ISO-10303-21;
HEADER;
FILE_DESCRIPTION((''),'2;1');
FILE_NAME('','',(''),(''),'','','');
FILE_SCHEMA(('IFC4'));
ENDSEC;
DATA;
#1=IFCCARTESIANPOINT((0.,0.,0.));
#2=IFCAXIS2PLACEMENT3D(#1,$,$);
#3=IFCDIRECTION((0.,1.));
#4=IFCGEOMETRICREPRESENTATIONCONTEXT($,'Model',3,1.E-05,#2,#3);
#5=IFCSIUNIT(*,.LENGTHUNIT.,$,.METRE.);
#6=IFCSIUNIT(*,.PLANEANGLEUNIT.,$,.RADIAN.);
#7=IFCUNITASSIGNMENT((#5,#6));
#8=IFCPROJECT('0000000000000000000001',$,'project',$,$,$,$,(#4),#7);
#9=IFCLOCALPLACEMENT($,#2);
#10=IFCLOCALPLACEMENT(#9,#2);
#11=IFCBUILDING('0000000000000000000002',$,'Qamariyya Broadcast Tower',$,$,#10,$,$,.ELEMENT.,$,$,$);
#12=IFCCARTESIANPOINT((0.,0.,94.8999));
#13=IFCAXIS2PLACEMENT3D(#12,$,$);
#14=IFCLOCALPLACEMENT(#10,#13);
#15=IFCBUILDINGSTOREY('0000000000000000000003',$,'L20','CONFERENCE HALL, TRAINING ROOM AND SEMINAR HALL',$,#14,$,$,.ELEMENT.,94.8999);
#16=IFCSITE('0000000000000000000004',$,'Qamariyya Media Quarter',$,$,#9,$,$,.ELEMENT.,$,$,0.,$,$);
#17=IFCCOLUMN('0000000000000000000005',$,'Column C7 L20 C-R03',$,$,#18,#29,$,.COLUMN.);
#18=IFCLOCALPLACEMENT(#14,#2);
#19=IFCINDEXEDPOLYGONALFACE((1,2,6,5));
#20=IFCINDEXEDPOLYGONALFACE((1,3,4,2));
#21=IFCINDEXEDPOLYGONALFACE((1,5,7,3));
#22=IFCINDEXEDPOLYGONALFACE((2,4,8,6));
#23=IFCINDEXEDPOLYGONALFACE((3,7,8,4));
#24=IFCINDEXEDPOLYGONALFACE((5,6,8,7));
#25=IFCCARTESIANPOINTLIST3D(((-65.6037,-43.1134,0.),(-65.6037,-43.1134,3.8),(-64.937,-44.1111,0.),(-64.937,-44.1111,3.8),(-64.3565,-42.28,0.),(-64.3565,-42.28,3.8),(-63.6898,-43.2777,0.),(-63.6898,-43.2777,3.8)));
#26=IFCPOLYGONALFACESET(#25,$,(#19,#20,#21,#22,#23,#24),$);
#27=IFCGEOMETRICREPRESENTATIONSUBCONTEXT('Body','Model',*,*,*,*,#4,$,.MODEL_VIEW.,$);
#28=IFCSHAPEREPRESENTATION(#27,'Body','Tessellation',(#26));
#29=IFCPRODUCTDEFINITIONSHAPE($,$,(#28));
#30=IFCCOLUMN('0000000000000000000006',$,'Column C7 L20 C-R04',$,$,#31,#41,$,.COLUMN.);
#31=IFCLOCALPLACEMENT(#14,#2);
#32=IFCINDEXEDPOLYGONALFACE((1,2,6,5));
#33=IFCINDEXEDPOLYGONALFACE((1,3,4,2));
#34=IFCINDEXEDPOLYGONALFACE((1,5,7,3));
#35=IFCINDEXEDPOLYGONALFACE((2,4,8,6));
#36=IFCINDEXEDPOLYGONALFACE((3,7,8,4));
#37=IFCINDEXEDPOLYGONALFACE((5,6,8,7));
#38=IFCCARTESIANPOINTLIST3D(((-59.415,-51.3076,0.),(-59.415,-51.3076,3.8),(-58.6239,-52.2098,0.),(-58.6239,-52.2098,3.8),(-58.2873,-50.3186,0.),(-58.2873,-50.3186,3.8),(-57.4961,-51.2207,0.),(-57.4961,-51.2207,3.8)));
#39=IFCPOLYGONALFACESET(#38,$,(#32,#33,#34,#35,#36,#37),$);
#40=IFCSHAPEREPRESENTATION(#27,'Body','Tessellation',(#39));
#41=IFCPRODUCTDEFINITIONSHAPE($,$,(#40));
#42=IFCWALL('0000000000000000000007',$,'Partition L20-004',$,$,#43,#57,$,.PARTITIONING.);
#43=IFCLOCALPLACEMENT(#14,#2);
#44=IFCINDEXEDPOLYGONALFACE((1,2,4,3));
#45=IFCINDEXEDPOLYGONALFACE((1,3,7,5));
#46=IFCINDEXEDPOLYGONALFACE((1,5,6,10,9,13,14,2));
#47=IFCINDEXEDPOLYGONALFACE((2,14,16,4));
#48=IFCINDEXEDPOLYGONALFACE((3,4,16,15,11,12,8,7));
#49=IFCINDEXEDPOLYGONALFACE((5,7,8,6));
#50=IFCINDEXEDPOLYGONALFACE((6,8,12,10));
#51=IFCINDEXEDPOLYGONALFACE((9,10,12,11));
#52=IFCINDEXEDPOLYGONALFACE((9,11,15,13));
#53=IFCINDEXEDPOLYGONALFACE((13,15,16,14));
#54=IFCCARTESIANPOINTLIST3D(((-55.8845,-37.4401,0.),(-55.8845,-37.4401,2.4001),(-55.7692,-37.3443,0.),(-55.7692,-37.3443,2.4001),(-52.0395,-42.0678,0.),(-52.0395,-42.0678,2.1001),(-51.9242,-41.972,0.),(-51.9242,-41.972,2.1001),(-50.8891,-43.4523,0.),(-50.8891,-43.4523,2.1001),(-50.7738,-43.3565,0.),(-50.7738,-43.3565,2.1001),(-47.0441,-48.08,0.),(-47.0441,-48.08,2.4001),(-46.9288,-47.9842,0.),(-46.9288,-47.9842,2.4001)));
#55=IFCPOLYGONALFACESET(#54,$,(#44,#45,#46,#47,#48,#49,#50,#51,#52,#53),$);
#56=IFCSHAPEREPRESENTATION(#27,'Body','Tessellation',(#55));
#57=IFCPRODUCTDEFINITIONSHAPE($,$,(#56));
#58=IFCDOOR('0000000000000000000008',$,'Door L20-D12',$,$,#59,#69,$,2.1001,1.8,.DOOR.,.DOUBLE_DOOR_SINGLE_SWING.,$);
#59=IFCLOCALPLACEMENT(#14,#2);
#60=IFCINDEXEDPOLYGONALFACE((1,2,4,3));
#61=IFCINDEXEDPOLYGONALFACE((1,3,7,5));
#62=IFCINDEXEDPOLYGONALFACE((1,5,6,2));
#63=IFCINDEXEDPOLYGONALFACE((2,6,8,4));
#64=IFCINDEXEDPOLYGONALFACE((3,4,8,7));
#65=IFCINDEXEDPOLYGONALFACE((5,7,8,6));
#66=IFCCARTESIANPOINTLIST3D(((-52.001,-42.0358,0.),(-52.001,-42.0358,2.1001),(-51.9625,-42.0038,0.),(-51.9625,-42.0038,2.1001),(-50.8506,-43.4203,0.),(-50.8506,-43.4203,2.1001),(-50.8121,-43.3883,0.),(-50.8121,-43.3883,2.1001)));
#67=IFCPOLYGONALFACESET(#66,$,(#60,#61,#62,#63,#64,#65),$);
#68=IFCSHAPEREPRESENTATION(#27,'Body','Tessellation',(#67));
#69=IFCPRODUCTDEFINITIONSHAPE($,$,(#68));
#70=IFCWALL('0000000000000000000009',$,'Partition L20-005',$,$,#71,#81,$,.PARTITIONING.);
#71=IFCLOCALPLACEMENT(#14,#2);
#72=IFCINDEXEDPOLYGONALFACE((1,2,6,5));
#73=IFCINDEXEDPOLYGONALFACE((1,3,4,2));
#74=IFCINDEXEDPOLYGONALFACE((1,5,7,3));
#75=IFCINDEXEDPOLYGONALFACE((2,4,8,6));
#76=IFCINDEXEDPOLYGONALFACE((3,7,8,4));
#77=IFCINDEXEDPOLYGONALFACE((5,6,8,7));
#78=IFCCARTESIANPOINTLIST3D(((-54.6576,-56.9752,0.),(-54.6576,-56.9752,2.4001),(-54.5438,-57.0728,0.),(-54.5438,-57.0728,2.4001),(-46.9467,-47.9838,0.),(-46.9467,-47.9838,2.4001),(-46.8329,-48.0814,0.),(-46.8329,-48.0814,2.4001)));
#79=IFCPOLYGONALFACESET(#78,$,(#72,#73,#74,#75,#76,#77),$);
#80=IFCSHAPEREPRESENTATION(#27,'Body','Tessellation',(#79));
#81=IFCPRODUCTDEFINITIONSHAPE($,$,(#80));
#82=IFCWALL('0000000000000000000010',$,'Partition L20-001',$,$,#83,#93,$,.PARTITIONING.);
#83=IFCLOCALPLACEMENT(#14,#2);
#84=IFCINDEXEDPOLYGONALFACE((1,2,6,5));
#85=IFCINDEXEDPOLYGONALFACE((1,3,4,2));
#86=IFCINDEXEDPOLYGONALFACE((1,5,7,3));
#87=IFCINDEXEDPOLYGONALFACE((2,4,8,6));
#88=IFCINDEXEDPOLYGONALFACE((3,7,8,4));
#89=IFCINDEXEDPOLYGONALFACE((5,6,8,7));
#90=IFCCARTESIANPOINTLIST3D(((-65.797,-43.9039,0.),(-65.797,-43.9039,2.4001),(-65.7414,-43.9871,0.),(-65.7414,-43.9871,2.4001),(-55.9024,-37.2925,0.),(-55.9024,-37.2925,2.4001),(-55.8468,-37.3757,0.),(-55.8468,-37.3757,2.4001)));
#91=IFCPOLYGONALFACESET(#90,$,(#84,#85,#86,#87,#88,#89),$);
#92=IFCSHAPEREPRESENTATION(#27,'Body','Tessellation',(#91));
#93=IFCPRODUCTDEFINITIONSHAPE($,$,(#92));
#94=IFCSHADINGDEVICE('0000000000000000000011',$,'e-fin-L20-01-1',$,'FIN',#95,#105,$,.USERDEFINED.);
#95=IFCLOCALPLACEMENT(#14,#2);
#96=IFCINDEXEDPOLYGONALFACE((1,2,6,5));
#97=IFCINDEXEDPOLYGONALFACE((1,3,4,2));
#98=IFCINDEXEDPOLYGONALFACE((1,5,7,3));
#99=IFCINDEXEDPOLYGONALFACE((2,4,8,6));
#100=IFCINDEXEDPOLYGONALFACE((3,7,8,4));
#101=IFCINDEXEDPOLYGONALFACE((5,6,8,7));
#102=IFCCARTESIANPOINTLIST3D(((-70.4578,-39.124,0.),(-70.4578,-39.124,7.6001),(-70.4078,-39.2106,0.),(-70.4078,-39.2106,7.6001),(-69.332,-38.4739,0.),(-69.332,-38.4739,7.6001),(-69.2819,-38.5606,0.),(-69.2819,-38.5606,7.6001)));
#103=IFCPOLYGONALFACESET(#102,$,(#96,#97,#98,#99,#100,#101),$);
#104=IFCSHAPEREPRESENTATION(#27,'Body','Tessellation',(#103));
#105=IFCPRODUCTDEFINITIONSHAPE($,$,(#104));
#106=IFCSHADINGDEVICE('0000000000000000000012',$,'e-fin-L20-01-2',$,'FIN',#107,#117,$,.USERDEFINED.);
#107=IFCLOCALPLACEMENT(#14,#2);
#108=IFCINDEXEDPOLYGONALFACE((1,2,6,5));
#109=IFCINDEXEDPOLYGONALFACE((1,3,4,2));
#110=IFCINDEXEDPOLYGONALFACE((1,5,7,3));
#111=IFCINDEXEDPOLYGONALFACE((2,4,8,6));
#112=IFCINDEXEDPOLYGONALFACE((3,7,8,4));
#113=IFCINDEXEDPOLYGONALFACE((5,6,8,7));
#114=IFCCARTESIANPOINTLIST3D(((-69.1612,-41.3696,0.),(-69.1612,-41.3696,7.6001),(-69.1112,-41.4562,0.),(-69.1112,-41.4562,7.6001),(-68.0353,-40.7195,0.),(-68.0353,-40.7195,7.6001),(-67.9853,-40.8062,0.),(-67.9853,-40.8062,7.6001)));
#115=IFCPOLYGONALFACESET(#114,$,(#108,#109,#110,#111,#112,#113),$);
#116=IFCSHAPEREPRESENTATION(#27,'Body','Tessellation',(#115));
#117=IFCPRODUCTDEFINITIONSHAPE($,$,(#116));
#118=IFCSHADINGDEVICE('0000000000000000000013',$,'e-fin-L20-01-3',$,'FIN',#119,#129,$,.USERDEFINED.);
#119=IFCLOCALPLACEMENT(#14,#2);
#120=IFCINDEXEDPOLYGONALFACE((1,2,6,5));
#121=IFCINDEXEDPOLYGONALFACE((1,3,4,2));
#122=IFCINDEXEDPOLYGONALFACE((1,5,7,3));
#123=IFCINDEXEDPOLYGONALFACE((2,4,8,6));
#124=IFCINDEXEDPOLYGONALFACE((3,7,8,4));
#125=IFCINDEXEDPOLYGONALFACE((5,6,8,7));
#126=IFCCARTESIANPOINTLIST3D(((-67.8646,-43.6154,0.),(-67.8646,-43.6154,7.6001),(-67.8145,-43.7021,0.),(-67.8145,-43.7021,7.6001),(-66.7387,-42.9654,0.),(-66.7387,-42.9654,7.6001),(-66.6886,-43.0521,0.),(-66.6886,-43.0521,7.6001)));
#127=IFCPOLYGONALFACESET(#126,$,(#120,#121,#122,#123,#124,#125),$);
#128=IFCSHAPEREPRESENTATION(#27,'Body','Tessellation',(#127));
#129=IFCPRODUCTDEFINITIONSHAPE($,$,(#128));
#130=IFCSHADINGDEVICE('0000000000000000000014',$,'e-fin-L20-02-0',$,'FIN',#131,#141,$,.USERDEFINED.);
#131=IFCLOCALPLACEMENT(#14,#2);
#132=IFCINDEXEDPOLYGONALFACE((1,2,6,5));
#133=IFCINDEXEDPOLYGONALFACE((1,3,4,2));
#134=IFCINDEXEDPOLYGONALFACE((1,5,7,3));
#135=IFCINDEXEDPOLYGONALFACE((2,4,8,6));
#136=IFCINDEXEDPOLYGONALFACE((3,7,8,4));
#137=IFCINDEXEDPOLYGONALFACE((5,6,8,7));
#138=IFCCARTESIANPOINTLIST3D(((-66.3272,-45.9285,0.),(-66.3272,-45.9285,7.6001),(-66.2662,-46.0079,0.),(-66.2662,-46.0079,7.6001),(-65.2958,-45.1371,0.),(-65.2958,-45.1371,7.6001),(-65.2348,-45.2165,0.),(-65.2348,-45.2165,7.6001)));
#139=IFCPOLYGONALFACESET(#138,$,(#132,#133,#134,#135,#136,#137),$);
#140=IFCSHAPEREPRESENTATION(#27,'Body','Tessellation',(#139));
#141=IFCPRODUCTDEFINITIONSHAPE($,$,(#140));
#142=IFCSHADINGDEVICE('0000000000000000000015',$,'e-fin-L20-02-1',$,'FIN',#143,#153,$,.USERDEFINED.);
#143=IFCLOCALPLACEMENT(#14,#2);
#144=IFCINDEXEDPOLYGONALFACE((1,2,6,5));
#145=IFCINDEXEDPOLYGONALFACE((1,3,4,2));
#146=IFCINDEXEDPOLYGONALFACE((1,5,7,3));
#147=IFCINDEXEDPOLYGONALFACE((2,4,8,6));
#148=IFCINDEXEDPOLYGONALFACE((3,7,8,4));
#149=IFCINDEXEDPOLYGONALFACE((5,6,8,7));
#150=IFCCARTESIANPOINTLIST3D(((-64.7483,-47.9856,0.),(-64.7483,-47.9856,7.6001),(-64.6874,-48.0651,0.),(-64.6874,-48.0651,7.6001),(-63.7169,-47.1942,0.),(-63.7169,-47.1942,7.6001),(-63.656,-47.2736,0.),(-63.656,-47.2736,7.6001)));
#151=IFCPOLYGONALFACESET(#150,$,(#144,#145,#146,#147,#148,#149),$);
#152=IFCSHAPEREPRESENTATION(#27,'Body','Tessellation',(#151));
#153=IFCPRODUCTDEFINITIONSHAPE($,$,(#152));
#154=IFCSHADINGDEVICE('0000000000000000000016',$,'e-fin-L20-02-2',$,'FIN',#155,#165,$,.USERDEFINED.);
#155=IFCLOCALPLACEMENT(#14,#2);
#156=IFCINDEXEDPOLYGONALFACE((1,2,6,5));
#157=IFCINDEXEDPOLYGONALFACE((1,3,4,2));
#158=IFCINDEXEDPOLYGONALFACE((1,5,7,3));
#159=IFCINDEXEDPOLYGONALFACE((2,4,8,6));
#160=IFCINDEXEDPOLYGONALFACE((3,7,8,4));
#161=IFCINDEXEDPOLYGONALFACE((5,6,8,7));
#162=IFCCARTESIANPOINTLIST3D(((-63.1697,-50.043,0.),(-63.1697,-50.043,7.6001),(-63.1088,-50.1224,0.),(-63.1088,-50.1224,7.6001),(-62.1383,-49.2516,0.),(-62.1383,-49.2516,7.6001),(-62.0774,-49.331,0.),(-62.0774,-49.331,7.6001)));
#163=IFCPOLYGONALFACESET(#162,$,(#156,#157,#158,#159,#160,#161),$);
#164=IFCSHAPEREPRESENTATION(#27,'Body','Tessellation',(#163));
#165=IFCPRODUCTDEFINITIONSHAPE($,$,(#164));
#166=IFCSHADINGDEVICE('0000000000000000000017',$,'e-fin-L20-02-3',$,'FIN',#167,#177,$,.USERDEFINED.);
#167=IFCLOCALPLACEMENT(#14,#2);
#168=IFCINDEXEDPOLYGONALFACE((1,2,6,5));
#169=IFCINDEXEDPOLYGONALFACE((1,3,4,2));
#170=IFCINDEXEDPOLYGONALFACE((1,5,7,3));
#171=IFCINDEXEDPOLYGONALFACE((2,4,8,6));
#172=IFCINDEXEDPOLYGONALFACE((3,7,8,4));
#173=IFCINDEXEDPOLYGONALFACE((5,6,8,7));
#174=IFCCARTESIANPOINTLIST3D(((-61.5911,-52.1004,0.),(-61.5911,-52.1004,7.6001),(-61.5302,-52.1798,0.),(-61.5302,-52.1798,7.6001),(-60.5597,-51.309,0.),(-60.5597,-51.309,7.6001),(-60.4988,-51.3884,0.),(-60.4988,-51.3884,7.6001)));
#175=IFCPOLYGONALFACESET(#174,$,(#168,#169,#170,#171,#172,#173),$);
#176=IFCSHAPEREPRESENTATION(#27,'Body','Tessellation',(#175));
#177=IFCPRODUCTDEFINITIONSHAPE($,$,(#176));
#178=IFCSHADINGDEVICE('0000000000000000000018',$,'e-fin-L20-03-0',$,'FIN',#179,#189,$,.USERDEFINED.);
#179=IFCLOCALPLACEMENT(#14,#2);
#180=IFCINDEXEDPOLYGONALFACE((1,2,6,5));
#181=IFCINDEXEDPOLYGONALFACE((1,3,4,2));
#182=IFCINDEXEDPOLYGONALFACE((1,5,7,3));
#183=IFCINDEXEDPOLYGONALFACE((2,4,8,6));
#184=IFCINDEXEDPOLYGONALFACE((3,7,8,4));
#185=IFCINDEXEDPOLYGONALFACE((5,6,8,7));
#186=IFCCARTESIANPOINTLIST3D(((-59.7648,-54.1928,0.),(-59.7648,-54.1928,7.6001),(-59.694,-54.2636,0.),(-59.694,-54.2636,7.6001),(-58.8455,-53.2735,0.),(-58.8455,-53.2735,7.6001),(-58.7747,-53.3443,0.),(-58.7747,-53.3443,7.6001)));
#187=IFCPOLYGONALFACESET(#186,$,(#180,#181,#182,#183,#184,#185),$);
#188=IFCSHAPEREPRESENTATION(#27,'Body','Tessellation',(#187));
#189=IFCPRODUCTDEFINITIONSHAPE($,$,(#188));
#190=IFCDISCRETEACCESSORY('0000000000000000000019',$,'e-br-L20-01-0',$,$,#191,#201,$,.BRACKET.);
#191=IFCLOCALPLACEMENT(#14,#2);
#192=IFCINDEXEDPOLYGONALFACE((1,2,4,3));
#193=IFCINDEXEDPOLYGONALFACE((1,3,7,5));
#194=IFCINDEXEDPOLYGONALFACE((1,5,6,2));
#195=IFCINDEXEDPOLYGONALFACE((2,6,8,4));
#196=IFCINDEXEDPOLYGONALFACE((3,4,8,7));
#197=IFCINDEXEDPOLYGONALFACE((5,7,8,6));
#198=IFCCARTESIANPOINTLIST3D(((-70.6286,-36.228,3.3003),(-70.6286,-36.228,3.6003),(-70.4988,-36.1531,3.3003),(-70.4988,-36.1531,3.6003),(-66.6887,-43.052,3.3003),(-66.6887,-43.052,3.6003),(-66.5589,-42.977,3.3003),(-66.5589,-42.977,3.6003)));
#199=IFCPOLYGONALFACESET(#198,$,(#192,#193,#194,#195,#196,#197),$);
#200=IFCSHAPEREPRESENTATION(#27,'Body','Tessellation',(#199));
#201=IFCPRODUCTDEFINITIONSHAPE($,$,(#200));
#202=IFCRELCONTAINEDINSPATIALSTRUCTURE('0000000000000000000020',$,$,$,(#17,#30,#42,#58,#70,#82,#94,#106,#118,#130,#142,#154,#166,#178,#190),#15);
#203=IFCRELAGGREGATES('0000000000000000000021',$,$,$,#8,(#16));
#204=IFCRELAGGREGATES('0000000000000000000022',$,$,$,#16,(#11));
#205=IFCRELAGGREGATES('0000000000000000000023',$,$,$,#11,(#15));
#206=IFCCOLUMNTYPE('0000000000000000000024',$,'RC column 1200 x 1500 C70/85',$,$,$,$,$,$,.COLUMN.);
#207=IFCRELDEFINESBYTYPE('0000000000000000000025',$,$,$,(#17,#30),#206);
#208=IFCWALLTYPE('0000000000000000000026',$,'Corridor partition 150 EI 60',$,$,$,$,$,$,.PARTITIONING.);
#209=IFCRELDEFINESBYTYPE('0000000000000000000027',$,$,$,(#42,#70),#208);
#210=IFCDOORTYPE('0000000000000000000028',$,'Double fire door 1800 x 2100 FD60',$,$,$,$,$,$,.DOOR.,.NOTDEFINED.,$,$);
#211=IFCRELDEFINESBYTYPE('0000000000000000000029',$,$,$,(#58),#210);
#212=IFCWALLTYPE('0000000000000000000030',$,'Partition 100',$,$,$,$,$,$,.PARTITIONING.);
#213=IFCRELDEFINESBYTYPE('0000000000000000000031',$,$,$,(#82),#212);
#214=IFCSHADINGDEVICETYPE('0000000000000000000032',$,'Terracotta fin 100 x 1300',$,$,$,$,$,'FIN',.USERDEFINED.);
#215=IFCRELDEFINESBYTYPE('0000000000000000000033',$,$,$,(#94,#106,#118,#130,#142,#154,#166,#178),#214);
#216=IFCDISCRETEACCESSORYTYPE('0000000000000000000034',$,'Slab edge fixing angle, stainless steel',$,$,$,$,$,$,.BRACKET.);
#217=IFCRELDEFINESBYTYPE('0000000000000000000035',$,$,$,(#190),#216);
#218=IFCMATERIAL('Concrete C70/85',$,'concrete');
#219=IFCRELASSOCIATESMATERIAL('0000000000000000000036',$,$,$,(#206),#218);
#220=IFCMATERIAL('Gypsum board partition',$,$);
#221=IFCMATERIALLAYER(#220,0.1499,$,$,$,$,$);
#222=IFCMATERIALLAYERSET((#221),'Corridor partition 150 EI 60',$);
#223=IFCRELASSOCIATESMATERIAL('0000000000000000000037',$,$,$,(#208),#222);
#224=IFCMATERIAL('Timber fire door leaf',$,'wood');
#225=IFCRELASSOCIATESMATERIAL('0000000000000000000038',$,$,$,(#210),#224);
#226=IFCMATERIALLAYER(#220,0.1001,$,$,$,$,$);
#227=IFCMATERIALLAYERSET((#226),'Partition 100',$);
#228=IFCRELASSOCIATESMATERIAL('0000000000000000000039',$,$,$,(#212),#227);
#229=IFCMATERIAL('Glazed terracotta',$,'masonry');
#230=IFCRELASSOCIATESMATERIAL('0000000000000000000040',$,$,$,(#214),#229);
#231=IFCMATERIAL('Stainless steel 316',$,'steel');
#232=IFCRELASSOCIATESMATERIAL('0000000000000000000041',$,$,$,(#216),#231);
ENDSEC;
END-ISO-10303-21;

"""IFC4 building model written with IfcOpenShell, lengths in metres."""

from ifc_helpers import new_model, si_unit, direction, frame, frame_2d, origin, origin_2d, place, context, subcontext, project, spatial, rectangle, extrude, material, layer, layer_set, material_profile, profile_set, type_object, element, fill, save


model = new_model("IFC4")

# Units and contexts
model_context = context("Model", 3, precision=1e-05, world=origin(), true_north=direction((0.0, 1.0)))
body_context = subcontext(model_context, "Body", "Model", "MODEL_VIEW")
ifc_project = project(units=[si_unit("LENGTHUNIT", "METRE"), si_unit("PLANEANGLEUNIT", "RADIAN")], contexts=[model_context])

# Site, building, storey
site_placement = place(None, origin())
site = spatial("IfcSite", under=ifc_project, at=site_placement, Name="Qamariyya Media Quarter", CompositionType="ELEMENT", RefElevation=0.0)
building_placement = place(site_placement, origin())
building = spatial("IfcBuilding", under=site, at=building_placement, Name="Qamariyya Broadcast Tower", CompositionType="ELEMENT")
storey_placement = place(building_placement, frame((0.0, 0.0, 94.8999)))
storey = spatial("IfcBuildingStorey", under=building, at=storey_placement, Name="L20", Description="CONFERENCE HALL, TRAINING ROOM AND SEMINAR HALL", CompositionType="ELEMENT", Elevation=94.8999)

# Columns
ifc_material_1 = material(Name="Concrete C70/85", Category="concrete")
ifc_material_profile_1 = material_profile(ifc_material_1, rectangle(XDim=1.2, YDim=1.5, at=origin_2d()))
ifc_profile_set_1 = profile_set([ifc_material_profile_1], Name="Concrete C70/85")
column_type = type_object("IfcColumnType", Name="RC column 1200 x 1500 C70/85", PredefinedType="COLUMN", material=ifc_profile_set_1)
for number, where, z_axis, x_axis, name in (
    (1, (-64.6467, -43.1956, 0.0), (0.0, 0.0, 1.0), (0.55557, -0.83147, 0.0), "Column C7 L20 C-R03"),
    (2, (-58.4556, -51.2642, 0.0), (0.0, 0.0, 1.0), (0.659346, -0.75184, 0.0), "Column C7 L20 C-R04"),
):
    element("IfcColumn", number, at=place(storey_placement, frame(where, z_axis=z_axis, x_axis=x_axis)), inside=storey, type_object=column_type, Name=name, PredefinedType="COLUMN", context=body_context, shape_type="SweptSolid", body=[
        extrude(rectangle(XDim=1.2, YDim=1.5, at=origin_2d()), origin(), (0.0, 0.0, 1.0), 3.8),
    ])

# Wall, opening, door
ifc_material_2 = material(Name="Gypsum board partition")
ifc_layer_1 = layer(ifc_material_2, 0.1499)
ifc_layer_set_1 = layer_set([ifc_layer_1], Name="Corridor partition 150 EI 60")
wall_type_1 = type_object("IfcWallType", Name="Corridor partition 150 EI 60", PredefinedType="PARTITIONING", material=ifc_layer_set_1)
wall_1_placement = place(storey_placement, frame((-46.9866, -48.032, 0.0), z_axis=(0.0, 0.0, 1.0), x_axis=(-0.639064, 0.769154, 0.0)))
wall_1 = element("IfcWall", 3, at=wall_1_placement, inside=storey, type_object=wall_type_1, Name="Partition L20-004", PredefinedType="PARTITIONING", context=body_context, shape_type="SweptSolid", body=[
    extrude(rectangle(XDim=13.8333, YDim=0.1499, at=frame_2d((6.9165, 0.0))), origin(), (0.0, 0.0, 1.0), 2.4001),
])
opening_placement = place(wall_1_placement, frame((6.0166, 0.0, 0.0)))
opening = element("IfcOpeningElement", 4, at=opening_placement, cuts=wall_1, PredefinedType="OPENING", context=body_context, shape_type="SweptSolid", body=[
    extrude(rectangle(XDim=1.8, YDim=2.1001, at=frame_2d((0.8999, 1.05))), frame((0.0, 0.085, 0.0), z_axis=(0.0, -1.0, 0.0), x_axis=(1.0, 0.0, 0.0)), (0.0, 0.0, 1.0), 0.1699),
])
ifc_material_3 = material(Name="Timber fire door leaf", Category="wood")
door_type = type_object("IfcDoorType", Name="Double fire door 1800 x 2100 FD60", OperationType="NOTDEFINED", PredefinedType="DOOR", material=ifc_material_3)
door_placement = place(opening_placement, origin())
door = element("IfcDoor", 5, at=door_placement, inside=storey, type_object=door_type, Name="Door L20-D12", OperationType="DOUBLE_DOOR_SINGLE_SWING", OverallHeight=2.1001, OverallWidth=1.8, PredefinedType="DOOR", context=body_context, shape_type="SweptSolid", body=[
    extrude(rectangle(XDim=1.8, YDim=2.1001, at=frame_2d((0.8999, 1.05))), frame((0.0, 0.0249, 0.0), z_axis=(0.0, -1.0, 0.0), x_axis=(1.0, 0.0, 0.0)), (0.0, 0.0, 1.0), 0.05),
])
fill(opening, door)

# Walls
wall_2_placement = place(storey_placement, frame((-46.8899, -48.0327, 0.0), z_axis=(0.0, 0.0, 1.0), x_axis=(-0.650985, -0.759091, 0.0)))
element("IfcWall", 6, at=wall_2_placement, inside=storey, type_object=wall_type_1, Name="Partition L20-005", PredefinedType="PARTITIONING", context=body_context, shape_type="SweptSolid", body=[
    extrude(rectangle(XDim=11.845, YDim=0.1499, at=frame_2d((5.9224, 0.0))), origin(), (0.0, 0.0, 1.0), 2.4001),
])
ifc_layer_2 = layer(ifc_material_2, 0.1001)
ifc_layer_set_2 = layer_set([ifc_layer_2], Name="Partition 100")
wall_type_2 = type_object("IfcWallType", Name="Partition 100", PredefinedType="PARTITIONING", material=ifc_layer_set_2)
wall_3_placement = place(storey_placement, frame((-65.7693, -43.9456, 0.0), z_axis=(0.0, 0.0, 1.0), x_axis=(0.831469, 0.555571, 0.0)))
element("IfcWall", 7, at=wall_3_placement, inside=storey, type_object=wall_type_2, Name="Partition L20-001", PredefinedType="PARTITIONING", context=body_context, shape_type="SweptSolid", body=[
    extrude(rectangle(XDim=11.9001, YDim=0.1001, at=frame_2d((5.9502, 0.0))), origin(), (0.0, 0.0, 1.0), 2.4001),
])

# Shading devices
ifc_material_4 = material(Name="Glazed terracotta", Category="masonry")
ifc_material_profile_2 = material_profile(ifc_material_4, rectangle(XDim=1.3, YDim=0.1001, at=origin_2d()))
ifc_profile_set_2 = profile_set([ifc_material_profile_2], Name="Glazed terracotta")
shading_device_type_1 = type_object("IfcShadingDeviceType", Name="Terracotta fin 100 x 1300", ElementType="FIN", PredefinedType="USERDEFINED", material=ifc_profile_set_2)
for number, where, z_axis, x_axis, name in (
    (8, (-69.8699, -38.8423, 0.0), (0.0, 0.0, 1.0), (-0.866025, -0.5, 0.0), "e-fin-L20-01-1"),
    (9, (-68.5732, -41.0879, 0.0), (0.0, 0.0, 1.0), (-0.866025, -0.5, 0.0), "e-fin-L20-01-2"),
    (10, (-67.2766, -43.3337, 0.0), (0.0, 0.0, 1.0), (-0.866025, -0.5, 0.0), "e-fin-L20-01-3"),
    (11, (-65.781, -45.5725, 0.0), (0.0, 0.0, 1.0), (-0.793353, -0.608761, 0.0), "e-fin-L20-02-0"),
    (12, (-64.2021, -47.6296, 0.0), (0.0, 0.0, 1.0), (-0.793353, -0.608761, 0.0), "e-fin-L20-02-1"),
    (13, (-62.6235, -49.687, 0.0), (0.0, 0.0, 1.0), (-0.793353, -0.608761, 0.0), "e-fin-L20-02-2"),
    (14, (-61.0449, -51.7444, 0.0), (0.0, 0.0, 1.0), (-0.793353, -0.608761, 0.0), "e-fin-L20-02-3"),
    (15, (-59.2698, -53.7686, 0.0), (0.0, 0.0, 1.0), (-0.707107, -0.707107, 0.0), "e-fin-L20-03-0"),
):
    element("IfcShadingDevice", number, at=place(storey_placement, frame(where, z_axis=z_axis, x_axis=x_axis)), inside=storey, type_object=shading_device_type_1, Name=name, ObjectType="FIN", PredefinedType="USERDEFINED", context=body_context, shape_type="SweptSolid", body=[
        extrude(rectangle(XDim=1.3, YDim=0.1001, at=origin_2d()), origin(), (0.0, 0.0, 1.0), 7.6001),
    ])

# Discrete accessory
ifc_material_5 = material(Name="Stainless steel 316", Category="steel")
discrete_accessory_type = type_object("IfcDiscreteAccessoryType", Name="Slab edge fixing angle, stainless steel", PredefinedType="BRACKET", material=ifc_material_5)
for number, where, z_axis, x_axis, name in (
    (16, (-68.5938, -39.6025, 3.3003), (0.0, 0.0, 1.0), (0.5, -0.866025, 0.0), "e-br-L20-01-0"),
):
    element("IfcDiscreteAccessory", number, at=place(storey_placement, frame(where, z_axis=z_axis, x_axis=x_axis)), inside=storey, type_object=discrete_accessory_type, Name=name, PredefinedType="BRACKET", context=body_context, shape_type="SweptSolid", body=[
        extrude(rectangle(XDim=7.8796, YDim=0.1499, at=origin_2d()), origin(), (0.0, 0.0, 1.0), 0.3),
    ])

save(model, "model.ifc")
